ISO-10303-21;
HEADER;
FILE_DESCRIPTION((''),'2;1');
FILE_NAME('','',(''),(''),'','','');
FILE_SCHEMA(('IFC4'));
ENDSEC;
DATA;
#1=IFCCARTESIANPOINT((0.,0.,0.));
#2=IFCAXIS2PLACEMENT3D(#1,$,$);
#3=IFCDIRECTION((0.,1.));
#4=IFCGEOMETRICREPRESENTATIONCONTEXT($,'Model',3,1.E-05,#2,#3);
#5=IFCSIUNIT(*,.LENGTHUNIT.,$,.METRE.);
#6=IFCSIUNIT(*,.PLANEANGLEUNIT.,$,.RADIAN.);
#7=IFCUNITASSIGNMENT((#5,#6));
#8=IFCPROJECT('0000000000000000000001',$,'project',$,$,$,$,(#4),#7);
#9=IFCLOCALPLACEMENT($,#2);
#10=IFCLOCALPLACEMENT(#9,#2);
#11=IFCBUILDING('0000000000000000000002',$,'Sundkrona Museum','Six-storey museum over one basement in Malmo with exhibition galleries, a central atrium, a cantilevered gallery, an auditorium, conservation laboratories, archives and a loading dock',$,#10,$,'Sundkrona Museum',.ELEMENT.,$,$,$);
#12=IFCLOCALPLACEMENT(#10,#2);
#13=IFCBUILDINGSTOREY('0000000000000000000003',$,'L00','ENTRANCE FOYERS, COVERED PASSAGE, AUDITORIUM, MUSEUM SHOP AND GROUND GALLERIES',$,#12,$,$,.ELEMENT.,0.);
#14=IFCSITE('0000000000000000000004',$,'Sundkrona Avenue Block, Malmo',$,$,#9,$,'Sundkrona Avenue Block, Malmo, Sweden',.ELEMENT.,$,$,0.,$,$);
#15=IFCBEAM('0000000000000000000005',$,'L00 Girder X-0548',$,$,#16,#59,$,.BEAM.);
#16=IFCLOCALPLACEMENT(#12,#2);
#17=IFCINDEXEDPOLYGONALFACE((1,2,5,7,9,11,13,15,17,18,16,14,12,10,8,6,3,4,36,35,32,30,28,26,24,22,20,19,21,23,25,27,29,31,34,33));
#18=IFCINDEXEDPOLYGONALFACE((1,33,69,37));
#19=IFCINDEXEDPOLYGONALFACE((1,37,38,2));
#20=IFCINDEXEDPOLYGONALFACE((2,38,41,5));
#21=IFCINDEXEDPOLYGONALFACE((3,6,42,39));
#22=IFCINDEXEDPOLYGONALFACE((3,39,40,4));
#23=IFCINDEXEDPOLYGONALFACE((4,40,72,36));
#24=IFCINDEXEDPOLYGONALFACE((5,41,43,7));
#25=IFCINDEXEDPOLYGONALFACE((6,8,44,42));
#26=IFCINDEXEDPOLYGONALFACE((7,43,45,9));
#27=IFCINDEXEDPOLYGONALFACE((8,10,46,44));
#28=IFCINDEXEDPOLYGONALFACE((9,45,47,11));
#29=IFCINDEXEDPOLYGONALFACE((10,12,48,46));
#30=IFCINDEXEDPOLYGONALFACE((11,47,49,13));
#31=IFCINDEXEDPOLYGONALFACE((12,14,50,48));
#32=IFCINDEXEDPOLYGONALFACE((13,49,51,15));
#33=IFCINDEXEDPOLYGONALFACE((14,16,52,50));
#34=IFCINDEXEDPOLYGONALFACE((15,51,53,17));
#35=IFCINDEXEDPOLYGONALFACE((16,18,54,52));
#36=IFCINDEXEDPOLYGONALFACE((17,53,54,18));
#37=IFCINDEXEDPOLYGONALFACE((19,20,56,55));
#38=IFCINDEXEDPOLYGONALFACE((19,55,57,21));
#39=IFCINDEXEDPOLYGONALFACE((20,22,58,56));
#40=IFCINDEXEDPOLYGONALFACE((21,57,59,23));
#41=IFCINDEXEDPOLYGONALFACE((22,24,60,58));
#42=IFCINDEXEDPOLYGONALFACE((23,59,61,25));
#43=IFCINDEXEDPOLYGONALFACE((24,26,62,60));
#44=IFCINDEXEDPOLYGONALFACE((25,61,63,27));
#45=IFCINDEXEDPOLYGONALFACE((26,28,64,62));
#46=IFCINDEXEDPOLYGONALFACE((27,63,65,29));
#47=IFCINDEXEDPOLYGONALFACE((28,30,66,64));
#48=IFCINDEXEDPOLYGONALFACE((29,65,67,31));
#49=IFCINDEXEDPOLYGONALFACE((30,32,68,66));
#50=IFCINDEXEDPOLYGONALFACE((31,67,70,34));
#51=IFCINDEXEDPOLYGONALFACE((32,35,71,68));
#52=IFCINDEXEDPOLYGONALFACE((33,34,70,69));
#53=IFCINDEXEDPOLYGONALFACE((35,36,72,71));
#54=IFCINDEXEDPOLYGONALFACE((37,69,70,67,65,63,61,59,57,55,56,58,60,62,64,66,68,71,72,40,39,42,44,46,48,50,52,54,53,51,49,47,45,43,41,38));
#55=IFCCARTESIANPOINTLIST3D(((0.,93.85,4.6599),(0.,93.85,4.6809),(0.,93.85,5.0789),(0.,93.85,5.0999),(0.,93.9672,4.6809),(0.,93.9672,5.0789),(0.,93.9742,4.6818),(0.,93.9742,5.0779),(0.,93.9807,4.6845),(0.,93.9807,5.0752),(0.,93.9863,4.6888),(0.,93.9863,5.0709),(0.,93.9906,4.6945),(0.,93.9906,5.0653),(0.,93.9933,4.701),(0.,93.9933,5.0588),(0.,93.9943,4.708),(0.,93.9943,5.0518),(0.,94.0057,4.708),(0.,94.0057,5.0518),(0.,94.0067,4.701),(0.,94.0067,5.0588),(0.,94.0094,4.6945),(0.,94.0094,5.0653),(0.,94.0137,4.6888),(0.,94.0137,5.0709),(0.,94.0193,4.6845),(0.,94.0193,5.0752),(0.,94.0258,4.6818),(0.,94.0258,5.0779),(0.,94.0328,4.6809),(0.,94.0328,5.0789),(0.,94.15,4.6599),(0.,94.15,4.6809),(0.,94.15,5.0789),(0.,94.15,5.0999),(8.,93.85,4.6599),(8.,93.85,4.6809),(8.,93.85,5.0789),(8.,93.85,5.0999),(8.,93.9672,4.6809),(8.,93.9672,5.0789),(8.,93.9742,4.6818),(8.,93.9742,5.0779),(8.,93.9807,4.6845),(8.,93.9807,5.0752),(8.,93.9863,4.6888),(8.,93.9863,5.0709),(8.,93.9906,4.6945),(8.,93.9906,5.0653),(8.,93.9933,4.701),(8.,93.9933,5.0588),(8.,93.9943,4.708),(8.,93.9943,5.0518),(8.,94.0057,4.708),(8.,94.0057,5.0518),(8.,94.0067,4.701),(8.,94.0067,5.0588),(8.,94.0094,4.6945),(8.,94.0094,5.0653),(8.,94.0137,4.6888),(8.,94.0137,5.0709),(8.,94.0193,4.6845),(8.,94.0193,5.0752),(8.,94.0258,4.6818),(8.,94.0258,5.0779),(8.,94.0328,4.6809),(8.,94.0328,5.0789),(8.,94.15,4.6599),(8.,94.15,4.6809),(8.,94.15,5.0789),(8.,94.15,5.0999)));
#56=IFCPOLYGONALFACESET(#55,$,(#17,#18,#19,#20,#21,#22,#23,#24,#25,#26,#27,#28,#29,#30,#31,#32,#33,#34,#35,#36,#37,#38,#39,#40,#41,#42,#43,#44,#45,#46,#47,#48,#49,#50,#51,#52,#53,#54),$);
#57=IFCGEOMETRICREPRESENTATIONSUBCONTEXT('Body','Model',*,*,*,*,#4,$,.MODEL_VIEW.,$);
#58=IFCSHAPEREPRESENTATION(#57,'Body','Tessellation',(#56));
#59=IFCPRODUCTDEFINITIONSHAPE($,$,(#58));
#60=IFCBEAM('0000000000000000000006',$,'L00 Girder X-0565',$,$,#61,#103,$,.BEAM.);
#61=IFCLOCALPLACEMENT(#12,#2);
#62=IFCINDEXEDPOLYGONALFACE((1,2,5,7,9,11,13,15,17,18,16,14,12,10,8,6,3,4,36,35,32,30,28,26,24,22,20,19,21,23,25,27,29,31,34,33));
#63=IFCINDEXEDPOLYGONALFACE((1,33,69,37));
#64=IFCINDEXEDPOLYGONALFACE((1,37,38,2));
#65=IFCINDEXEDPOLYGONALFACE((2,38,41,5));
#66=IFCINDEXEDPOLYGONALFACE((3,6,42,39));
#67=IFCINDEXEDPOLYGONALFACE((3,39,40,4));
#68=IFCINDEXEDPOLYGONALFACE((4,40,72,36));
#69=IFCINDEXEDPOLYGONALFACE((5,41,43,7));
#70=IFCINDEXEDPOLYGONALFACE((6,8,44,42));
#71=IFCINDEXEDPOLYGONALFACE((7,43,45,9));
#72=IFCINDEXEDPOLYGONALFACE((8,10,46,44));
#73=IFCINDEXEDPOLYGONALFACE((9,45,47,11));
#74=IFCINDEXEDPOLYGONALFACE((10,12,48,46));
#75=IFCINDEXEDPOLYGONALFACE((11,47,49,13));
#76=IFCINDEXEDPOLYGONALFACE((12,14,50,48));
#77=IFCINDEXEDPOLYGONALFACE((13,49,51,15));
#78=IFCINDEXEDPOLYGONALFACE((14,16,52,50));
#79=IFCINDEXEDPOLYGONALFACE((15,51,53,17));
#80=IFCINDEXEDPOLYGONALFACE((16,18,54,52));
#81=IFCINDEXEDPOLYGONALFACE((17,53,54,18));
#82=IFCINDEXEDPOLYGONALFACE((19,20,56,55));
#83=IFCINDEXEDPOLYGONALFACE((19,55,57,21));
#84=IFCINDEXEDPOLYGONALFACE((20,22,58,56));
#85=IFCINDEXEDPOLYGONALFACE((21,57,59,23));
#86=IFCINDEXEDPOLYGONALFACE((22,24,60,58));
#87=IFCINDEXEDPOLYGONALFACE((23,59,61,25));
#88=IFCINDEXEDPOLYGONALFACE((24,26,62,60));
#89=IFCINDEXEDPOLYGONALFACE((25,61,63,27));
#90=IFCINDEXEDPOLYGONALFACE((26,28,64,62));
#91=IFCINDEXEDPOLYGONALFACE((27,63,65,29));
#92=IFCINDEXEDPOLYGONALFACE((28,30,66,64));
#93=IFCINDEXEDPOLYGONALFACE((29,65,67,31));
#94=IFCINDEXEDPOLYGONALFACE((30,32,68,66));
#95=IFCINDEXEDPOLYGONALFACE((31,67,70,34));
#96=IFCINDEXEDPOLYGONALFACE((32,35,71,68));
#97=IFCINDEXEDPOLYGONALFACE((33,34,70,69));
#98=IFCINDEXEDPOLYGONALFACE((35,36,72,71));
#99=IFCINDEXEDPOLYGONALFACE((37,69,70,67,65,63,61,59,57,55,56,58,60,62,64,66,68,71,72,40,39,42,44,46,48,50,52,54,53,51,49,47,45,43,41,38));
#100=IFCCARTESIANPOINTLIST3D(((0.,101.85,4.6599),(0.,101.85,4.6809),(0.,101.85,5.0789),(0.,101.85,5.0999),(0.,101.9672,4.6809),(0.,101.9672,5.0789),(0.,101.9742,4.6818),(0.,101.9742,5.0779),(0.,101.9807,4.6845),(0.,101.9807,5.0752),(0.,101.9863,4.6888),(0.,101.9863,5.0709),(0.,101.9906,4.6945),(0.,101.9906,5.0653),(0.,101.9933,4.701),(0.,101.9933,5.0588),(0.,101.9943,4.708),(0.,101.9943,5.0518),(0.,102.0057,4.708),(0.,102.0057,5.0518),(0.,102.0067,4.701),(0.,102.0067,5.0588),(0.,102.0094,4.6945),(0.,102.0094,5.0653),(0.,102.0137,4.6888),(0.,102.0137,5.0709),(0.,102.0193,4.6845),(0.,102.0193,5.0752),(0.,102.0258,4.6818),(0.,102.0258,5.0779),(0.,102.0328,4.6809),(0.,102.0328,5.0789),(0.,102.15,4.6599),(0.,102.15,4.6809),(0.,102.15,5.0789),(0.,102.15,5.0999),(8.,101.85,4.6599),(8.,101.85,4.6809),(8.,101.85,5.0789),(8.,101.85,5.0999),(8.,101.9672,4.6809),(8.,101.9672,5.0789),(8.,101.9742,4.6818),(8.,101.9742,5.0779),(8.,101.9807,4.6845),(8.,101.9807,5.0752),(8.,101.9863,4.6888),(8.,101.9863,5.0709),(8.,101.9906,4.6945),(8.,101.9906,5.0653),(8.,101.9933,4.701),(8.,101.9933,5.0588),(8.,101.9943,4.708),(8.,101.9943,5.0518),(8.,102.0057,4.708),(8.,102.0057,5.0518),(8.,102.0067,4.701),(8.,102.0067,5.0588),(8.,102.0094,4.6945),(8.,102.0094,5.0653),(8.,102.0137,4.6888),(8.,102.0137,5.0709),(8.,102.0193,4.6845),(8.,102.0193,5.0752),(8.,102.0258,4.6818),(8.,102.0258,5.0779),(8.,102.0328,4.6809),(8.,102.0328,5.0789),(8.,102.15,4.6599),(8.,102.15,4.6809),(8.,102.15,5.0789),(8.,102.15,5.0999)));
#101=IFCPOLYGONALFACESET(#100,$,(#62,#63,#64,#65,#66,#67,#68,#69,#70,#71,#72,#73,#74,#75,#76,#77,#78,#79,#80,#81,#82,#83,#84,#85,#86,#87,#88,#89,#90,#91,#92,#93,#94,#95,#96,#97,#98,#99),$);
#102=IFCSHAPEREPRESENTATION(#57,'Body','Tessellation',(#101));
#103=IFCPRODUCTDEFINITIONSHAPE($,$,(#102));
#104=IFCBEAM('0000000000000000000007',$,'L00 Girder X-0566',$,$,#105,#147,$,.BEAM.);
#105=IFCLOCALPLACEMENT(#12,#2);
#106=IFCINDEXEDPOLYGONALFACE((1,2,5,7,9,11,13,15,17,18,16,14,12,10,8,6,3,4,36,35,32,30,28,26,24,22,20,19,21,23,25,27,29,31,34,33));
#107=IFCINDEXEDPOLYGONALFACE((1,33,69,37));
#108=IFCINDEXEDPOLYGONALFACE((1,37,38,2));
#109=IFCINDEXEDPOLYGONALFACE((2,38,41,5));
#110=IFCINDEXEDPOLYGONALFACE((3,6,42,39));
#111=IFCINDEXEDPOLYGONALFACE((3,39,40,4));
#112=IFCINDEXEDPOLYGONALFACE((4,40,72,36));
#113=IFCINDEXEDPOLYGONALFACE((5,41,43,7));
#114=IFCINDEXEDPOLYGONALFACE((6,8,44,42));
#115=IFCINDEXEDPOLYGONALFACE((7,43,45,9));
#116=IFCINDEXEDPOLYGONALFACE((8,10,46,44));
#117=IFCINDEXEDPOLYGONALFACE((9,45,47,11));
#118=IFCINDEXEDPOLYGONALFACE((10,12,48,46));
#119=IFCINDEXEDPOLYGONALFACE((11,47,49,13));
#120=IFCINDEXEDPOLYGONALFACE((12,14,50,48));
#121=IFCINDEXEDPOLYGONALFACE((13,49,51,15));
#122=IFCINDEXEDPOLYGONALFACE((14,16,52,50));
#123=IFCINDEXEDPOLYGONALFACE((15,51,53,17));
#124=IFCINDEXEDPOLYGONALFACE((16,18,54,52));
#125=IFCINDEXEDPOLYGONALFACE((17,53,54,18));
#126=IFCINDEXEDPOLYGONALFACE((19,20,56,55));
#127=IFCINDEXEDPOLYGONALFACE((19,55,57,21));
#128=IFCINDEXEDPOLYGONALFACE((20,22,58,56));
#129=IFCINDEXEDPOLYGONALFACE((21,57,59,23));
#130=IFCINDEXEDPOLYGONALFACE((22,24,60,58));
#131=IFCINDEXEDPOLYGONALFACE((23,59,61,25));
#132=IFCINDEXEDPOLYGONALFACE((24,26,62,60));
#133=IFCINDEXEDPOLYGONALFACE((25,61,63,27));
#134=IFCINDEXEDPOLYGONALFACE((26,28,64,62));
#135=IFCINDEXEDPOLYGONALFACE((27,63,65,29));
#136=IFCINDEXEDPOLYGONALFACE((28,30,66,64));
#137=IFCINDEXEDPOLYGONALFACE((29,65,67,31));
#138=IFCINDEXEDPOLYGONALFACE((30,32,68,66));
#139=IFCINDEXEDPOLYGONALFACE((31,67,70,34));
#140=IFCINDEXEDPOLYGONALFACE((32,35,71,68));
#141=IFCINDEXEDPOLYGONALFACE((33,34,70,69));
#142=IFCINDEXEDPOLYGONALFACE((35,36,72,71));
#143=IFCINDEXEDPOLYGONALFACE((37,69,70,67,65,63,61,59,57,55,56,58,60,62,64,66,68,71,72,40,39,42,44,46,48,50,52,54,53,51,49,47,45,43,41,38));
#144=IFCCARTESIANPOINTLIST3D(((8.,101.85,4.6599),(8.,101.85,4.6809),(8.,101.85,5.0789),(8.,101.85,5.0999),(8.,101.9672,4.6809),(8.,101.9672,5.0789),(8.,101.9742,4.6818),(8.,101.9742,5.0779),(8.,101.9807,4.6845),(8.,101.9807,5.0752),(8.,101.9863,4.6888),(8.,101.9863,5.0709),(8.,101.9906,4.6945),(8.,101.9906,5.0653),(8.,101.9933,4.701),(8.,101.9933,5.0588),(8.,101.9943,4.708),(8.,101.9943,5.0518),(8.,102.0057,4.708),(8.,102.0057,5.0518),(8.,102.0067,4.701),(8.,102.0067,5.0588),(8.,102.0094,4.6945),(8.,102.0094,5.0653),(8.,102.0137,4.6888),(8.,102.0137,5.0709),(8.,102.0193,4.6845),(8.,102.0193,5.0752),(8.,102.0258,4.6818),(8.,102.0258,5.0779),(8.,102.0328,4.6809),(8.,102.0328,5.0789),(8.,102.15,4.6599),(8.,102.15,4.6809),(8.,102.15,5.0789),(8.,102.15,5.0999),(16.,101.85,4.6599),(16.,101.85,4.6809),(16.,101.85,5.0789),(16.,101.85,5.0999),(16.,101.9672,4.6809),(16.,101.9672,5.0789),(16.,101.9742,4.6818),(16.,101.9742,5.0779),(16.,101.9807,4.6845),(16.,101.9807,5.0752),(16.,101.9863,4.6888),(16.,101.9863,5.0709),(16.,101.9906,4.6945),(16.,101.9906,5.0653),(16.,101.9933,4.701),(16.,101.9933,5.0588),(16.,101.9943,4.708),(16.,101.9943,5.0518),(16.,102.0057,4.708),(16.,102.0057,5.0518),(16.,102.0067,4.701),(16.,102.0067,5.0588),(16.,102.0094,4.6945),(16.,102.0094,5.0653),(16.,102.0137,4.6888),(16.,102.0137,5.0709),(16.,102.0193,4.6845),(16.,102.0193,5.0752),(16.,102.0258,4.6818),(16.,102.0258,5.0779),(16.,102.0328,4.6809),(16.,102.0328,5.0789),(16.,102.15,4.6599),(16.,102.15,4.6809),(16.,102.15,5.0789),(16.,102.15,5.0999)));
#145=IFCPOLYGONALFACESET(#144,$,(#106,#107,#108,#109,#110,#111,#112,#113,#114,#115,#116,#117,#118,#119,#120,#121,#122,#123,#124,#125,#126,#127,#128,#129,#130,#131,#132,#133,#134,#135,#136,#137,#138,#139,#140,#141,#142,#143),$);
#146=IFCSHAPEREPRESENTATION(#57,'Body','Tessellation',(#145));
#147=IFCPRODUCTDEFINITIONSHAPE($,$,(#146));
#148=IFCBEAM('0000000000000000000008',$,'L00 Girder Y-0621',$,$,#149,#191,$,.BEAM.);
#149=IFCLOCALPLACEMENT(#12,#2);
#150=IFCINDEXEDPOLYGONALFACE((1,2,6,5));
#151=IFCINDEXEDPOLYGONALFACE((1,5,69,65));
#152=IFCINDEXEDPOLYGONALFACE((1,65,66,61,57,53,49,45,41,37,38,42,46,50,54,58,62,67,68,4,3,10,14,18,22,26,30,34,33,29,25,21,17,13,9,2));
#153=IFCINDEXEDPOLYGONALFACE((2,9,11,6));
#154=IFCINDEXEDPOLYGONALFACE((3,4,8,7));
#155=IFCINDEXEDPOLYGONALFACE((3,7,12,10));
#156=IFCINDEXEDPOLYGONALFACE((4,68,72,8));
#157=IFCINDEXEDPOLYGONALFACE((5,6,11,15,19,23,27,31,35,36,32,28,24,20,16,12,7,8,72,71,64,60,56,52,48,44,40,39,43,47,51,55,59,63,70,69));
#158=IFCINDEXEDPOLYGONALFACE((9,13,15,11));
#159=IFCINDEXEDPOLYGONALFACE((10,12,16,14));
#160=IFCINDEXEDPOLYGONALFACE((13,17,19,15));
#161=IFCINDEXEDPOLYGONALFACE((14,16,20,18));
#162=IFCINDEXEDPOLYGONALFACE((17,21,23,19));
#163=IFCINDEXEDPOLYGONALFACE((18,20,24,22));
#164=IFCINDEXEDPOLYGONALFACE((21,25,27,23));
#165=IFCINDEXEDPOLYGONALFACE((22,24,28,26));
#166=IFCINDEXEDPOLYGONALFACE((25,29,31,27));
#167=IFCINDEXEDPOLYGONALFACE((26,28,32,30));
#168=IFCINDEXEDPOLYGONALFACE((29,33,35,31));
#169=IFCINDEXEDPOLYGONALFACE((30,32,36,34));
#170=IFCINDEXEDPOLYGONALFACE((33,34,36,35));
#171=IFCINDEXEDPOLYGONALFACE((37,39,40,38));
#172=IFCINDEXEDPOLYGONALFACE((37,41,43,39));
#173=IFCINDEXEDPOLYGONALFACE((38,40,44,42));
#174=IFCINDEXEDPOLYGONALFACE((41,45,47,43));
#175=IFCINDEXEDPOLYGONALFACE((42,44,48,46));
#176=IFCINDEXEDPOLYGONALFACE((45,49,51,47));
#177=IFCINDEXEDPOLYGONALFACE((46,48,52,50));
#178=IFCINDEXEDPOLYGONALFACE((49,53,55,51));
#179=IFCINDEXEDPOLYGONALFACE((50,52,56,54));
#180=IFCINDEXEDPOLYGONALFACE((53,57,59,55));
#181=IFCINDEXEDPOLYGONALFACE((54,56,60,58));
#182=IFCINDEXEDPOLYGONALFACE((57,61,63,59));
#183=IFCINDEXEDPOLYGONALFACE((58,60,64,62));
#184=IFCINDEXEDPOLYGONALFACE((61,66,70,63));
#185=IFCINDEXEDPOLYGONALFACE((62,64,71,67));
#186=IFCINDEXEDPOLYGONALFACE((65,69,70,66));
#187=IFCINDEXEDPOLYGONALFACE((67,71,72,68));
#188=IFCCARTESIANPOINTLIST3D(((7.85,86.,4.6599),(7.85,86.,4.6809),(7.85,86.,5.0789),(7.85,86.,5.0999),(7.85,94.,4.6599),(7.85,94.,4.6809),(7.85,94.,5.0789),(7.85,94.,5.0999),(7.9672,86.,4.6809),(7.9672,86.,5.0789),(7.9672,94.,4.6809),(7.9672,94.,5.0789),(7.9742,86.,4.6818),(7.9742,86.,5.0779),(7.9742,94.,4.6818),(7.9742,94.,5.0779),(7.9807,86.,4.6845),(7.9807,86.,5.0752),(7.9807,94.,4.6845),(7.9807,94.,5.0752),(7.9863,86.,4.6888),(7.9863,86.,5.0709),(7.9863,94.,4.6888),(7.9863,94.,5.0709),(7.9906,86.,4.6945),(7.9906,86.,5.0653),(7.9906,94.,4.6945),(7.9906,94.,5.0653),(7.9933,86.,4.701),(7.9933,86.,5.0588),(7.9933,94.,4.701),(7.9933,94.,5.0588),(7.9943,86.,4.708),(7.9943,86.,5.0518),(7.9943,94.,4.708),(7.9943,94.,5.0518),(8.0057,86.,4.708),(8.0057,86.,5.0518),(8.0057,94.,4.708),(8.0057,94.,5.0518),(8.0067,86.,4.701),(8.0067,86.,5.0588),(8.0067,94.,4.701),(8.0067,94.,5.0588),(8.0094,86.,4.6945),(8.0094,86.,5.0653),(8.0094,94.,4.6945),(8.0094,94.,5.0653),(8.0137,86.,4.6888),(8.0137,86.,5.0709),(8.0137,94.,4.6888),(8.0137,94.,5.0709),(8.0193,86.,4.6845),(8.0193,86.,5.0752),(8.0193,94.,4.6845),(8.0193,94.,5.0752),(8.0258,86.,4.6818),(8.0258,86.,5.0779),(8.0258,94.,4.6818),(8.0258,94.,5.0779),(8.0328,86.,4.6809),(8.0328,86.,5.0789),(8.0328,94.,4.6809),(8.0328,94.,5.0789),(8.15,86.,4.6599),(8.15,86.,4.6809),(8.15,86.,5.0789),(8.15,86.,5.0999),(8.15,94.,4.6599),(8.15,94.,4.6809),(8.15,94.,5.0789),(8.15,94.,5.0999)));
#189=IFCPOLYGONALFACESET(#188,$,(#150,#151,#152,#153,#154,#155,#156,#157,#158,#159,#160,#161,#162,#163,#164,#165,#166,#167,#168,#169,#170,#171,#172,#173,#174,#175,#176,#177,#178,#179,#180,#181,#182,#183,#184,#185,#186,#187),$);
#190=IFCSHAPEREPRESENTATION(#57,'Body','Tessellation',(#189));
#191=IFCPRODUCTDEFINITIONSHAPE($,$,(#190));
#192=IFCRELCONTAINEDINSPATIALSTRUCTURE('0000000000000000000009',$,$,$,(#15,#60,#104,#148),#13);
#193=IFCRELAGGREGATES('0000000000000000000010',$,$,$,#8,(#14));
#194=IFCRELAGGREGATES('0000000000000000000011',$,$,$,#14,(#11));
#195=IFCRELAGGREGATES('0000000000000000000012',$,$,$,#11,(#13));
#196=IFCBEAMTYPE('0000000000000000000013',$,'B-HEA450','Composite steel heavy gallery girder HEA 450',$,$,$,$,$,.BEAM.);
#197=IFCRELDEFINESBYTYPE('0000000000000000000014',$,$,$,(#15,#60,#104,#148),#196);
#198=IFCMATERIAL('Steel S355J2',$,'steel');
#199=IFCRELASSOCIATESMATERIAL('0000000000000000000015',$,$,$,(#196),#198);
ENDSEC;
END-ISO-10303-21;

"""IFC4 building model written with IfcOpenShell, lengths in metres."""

from ifc_helpers import new_model, si_unit, direction, frame, origin, origin_2d, place, context, subcontext, project, spatial, i_section, extrude, material, material_profile, profile_set, type_object, element, save


model = new_model("IFC4")

# Units and contexts
model_context = context("Model", 3, precision=1e-05, world=origin(), true_north=direction((0.0, 1.0)))
body_context = subcontext(model_context, "Body", "Model", "MODEL_VIEW")
ifc_project = project(units=[si_unit("LENGTHUNIT", "METRE"), si_unit("PLANEANGLEUNIT", "RADIAN")], contexts=[model_context])

# Site, building, storey
site_placement = place(None, origin())
site = spatial("IfcSite", under=ifc_project, at=site_placement, Name="Sundkrona Avenue Block, Malmo", LongName="Sundkrona Avenue Block, Malmo, Sweden", CompositionType="ELEMENT", RefElevation=0.0)
building_placement = place(site_placement, origin())
building = spatial("IfcBuilding", under=site, at=building_placement, Name="Sundkrona Museum", Description="Six-storey museum over one basement in Malmo with exhibition galleries, a central atrium, a cantilevered gallery, an auditorium, conservation laboratories, archives and a loading dock", LongName="Sundkrona Museum", CompositionType="ELEMENT")
storey_placement = place(building_placement, origin())
storey = spatial("IfcBuildingStorey", under=building, at=storey_placement, Name="L00", Description="ENTRANCE FOYERS, COVERED PASSAGE, AUDITORIUM, MUSEUM SHOP AND GROUND GALLERIES", CompositionType="ELEMENT", Elevation=0.0)

# Shared definitions
ifc_material_1 = material(Name="Steel S355J2", Category="steel")

# Beams
ifc_material_profile_1 = material_profile(ifc_material_1, i_section(OverallWidth=0.3, OverallDepth=0.4399, WebThickness=0.0115, FlangeThickness=0.021, FilletRadius=0.0271, at=origin_2d()), Name="HEA 450")
ifc_profile_set_1 = profile_set([ifc_material_profile_1], Name="Steel S355J2")
beam_type_1 = type_object("IfcBeamType", Name="B-HEA450", Description="Composite steel heavy gallery girder HEA 450", PredefinedType="BEAM", material=ifc_profile_set_1)
for number, where, z_axis, x_axis, name in (
    (1, (0.0, 94.0, 4.8799), (1.0, 0.0, 0.0), (0.0, 1.0, 0.0), "L00 Girder X-0548"),
    (2, (0.0, 102.0, 4.8799), (1.0, 0.0, 0.0), (0.0, 1.0, 0.0), "L00 Girder X-0565"),
    (3, (8.0, 102.0, 4.8799), (1.0, 0.0, 0.0), (0.0, 1.0, 0.0), "L00 Girder X-0566"),
    (4, (8.0, 86.0, 4.8799), (0.0, 1.0, 0.0), (-1.0, 0.0, 0.0), "L00 Girder Y-0621"),
):
    element("IfcBeam", number, at=place(storey_placement, frame(where, z_axis=z_axis, x_axis=x_axis)), inside=storey, type_object=beam_type_1, Name=name, PredefinedType="BEAM", context=body_context, shape_type="SweptSolid", body=[
        extrude(i_section(OverallWidth=0.3, OverallDepth=0.4399, WebThickness=0.0115, FlangeThickness=0.021, FilletRadius=0.0271, at=origin_2d()), origin(), (0.0, 0.0, 1.0), 8.0),
    ])

save(model, "model.ifc")
